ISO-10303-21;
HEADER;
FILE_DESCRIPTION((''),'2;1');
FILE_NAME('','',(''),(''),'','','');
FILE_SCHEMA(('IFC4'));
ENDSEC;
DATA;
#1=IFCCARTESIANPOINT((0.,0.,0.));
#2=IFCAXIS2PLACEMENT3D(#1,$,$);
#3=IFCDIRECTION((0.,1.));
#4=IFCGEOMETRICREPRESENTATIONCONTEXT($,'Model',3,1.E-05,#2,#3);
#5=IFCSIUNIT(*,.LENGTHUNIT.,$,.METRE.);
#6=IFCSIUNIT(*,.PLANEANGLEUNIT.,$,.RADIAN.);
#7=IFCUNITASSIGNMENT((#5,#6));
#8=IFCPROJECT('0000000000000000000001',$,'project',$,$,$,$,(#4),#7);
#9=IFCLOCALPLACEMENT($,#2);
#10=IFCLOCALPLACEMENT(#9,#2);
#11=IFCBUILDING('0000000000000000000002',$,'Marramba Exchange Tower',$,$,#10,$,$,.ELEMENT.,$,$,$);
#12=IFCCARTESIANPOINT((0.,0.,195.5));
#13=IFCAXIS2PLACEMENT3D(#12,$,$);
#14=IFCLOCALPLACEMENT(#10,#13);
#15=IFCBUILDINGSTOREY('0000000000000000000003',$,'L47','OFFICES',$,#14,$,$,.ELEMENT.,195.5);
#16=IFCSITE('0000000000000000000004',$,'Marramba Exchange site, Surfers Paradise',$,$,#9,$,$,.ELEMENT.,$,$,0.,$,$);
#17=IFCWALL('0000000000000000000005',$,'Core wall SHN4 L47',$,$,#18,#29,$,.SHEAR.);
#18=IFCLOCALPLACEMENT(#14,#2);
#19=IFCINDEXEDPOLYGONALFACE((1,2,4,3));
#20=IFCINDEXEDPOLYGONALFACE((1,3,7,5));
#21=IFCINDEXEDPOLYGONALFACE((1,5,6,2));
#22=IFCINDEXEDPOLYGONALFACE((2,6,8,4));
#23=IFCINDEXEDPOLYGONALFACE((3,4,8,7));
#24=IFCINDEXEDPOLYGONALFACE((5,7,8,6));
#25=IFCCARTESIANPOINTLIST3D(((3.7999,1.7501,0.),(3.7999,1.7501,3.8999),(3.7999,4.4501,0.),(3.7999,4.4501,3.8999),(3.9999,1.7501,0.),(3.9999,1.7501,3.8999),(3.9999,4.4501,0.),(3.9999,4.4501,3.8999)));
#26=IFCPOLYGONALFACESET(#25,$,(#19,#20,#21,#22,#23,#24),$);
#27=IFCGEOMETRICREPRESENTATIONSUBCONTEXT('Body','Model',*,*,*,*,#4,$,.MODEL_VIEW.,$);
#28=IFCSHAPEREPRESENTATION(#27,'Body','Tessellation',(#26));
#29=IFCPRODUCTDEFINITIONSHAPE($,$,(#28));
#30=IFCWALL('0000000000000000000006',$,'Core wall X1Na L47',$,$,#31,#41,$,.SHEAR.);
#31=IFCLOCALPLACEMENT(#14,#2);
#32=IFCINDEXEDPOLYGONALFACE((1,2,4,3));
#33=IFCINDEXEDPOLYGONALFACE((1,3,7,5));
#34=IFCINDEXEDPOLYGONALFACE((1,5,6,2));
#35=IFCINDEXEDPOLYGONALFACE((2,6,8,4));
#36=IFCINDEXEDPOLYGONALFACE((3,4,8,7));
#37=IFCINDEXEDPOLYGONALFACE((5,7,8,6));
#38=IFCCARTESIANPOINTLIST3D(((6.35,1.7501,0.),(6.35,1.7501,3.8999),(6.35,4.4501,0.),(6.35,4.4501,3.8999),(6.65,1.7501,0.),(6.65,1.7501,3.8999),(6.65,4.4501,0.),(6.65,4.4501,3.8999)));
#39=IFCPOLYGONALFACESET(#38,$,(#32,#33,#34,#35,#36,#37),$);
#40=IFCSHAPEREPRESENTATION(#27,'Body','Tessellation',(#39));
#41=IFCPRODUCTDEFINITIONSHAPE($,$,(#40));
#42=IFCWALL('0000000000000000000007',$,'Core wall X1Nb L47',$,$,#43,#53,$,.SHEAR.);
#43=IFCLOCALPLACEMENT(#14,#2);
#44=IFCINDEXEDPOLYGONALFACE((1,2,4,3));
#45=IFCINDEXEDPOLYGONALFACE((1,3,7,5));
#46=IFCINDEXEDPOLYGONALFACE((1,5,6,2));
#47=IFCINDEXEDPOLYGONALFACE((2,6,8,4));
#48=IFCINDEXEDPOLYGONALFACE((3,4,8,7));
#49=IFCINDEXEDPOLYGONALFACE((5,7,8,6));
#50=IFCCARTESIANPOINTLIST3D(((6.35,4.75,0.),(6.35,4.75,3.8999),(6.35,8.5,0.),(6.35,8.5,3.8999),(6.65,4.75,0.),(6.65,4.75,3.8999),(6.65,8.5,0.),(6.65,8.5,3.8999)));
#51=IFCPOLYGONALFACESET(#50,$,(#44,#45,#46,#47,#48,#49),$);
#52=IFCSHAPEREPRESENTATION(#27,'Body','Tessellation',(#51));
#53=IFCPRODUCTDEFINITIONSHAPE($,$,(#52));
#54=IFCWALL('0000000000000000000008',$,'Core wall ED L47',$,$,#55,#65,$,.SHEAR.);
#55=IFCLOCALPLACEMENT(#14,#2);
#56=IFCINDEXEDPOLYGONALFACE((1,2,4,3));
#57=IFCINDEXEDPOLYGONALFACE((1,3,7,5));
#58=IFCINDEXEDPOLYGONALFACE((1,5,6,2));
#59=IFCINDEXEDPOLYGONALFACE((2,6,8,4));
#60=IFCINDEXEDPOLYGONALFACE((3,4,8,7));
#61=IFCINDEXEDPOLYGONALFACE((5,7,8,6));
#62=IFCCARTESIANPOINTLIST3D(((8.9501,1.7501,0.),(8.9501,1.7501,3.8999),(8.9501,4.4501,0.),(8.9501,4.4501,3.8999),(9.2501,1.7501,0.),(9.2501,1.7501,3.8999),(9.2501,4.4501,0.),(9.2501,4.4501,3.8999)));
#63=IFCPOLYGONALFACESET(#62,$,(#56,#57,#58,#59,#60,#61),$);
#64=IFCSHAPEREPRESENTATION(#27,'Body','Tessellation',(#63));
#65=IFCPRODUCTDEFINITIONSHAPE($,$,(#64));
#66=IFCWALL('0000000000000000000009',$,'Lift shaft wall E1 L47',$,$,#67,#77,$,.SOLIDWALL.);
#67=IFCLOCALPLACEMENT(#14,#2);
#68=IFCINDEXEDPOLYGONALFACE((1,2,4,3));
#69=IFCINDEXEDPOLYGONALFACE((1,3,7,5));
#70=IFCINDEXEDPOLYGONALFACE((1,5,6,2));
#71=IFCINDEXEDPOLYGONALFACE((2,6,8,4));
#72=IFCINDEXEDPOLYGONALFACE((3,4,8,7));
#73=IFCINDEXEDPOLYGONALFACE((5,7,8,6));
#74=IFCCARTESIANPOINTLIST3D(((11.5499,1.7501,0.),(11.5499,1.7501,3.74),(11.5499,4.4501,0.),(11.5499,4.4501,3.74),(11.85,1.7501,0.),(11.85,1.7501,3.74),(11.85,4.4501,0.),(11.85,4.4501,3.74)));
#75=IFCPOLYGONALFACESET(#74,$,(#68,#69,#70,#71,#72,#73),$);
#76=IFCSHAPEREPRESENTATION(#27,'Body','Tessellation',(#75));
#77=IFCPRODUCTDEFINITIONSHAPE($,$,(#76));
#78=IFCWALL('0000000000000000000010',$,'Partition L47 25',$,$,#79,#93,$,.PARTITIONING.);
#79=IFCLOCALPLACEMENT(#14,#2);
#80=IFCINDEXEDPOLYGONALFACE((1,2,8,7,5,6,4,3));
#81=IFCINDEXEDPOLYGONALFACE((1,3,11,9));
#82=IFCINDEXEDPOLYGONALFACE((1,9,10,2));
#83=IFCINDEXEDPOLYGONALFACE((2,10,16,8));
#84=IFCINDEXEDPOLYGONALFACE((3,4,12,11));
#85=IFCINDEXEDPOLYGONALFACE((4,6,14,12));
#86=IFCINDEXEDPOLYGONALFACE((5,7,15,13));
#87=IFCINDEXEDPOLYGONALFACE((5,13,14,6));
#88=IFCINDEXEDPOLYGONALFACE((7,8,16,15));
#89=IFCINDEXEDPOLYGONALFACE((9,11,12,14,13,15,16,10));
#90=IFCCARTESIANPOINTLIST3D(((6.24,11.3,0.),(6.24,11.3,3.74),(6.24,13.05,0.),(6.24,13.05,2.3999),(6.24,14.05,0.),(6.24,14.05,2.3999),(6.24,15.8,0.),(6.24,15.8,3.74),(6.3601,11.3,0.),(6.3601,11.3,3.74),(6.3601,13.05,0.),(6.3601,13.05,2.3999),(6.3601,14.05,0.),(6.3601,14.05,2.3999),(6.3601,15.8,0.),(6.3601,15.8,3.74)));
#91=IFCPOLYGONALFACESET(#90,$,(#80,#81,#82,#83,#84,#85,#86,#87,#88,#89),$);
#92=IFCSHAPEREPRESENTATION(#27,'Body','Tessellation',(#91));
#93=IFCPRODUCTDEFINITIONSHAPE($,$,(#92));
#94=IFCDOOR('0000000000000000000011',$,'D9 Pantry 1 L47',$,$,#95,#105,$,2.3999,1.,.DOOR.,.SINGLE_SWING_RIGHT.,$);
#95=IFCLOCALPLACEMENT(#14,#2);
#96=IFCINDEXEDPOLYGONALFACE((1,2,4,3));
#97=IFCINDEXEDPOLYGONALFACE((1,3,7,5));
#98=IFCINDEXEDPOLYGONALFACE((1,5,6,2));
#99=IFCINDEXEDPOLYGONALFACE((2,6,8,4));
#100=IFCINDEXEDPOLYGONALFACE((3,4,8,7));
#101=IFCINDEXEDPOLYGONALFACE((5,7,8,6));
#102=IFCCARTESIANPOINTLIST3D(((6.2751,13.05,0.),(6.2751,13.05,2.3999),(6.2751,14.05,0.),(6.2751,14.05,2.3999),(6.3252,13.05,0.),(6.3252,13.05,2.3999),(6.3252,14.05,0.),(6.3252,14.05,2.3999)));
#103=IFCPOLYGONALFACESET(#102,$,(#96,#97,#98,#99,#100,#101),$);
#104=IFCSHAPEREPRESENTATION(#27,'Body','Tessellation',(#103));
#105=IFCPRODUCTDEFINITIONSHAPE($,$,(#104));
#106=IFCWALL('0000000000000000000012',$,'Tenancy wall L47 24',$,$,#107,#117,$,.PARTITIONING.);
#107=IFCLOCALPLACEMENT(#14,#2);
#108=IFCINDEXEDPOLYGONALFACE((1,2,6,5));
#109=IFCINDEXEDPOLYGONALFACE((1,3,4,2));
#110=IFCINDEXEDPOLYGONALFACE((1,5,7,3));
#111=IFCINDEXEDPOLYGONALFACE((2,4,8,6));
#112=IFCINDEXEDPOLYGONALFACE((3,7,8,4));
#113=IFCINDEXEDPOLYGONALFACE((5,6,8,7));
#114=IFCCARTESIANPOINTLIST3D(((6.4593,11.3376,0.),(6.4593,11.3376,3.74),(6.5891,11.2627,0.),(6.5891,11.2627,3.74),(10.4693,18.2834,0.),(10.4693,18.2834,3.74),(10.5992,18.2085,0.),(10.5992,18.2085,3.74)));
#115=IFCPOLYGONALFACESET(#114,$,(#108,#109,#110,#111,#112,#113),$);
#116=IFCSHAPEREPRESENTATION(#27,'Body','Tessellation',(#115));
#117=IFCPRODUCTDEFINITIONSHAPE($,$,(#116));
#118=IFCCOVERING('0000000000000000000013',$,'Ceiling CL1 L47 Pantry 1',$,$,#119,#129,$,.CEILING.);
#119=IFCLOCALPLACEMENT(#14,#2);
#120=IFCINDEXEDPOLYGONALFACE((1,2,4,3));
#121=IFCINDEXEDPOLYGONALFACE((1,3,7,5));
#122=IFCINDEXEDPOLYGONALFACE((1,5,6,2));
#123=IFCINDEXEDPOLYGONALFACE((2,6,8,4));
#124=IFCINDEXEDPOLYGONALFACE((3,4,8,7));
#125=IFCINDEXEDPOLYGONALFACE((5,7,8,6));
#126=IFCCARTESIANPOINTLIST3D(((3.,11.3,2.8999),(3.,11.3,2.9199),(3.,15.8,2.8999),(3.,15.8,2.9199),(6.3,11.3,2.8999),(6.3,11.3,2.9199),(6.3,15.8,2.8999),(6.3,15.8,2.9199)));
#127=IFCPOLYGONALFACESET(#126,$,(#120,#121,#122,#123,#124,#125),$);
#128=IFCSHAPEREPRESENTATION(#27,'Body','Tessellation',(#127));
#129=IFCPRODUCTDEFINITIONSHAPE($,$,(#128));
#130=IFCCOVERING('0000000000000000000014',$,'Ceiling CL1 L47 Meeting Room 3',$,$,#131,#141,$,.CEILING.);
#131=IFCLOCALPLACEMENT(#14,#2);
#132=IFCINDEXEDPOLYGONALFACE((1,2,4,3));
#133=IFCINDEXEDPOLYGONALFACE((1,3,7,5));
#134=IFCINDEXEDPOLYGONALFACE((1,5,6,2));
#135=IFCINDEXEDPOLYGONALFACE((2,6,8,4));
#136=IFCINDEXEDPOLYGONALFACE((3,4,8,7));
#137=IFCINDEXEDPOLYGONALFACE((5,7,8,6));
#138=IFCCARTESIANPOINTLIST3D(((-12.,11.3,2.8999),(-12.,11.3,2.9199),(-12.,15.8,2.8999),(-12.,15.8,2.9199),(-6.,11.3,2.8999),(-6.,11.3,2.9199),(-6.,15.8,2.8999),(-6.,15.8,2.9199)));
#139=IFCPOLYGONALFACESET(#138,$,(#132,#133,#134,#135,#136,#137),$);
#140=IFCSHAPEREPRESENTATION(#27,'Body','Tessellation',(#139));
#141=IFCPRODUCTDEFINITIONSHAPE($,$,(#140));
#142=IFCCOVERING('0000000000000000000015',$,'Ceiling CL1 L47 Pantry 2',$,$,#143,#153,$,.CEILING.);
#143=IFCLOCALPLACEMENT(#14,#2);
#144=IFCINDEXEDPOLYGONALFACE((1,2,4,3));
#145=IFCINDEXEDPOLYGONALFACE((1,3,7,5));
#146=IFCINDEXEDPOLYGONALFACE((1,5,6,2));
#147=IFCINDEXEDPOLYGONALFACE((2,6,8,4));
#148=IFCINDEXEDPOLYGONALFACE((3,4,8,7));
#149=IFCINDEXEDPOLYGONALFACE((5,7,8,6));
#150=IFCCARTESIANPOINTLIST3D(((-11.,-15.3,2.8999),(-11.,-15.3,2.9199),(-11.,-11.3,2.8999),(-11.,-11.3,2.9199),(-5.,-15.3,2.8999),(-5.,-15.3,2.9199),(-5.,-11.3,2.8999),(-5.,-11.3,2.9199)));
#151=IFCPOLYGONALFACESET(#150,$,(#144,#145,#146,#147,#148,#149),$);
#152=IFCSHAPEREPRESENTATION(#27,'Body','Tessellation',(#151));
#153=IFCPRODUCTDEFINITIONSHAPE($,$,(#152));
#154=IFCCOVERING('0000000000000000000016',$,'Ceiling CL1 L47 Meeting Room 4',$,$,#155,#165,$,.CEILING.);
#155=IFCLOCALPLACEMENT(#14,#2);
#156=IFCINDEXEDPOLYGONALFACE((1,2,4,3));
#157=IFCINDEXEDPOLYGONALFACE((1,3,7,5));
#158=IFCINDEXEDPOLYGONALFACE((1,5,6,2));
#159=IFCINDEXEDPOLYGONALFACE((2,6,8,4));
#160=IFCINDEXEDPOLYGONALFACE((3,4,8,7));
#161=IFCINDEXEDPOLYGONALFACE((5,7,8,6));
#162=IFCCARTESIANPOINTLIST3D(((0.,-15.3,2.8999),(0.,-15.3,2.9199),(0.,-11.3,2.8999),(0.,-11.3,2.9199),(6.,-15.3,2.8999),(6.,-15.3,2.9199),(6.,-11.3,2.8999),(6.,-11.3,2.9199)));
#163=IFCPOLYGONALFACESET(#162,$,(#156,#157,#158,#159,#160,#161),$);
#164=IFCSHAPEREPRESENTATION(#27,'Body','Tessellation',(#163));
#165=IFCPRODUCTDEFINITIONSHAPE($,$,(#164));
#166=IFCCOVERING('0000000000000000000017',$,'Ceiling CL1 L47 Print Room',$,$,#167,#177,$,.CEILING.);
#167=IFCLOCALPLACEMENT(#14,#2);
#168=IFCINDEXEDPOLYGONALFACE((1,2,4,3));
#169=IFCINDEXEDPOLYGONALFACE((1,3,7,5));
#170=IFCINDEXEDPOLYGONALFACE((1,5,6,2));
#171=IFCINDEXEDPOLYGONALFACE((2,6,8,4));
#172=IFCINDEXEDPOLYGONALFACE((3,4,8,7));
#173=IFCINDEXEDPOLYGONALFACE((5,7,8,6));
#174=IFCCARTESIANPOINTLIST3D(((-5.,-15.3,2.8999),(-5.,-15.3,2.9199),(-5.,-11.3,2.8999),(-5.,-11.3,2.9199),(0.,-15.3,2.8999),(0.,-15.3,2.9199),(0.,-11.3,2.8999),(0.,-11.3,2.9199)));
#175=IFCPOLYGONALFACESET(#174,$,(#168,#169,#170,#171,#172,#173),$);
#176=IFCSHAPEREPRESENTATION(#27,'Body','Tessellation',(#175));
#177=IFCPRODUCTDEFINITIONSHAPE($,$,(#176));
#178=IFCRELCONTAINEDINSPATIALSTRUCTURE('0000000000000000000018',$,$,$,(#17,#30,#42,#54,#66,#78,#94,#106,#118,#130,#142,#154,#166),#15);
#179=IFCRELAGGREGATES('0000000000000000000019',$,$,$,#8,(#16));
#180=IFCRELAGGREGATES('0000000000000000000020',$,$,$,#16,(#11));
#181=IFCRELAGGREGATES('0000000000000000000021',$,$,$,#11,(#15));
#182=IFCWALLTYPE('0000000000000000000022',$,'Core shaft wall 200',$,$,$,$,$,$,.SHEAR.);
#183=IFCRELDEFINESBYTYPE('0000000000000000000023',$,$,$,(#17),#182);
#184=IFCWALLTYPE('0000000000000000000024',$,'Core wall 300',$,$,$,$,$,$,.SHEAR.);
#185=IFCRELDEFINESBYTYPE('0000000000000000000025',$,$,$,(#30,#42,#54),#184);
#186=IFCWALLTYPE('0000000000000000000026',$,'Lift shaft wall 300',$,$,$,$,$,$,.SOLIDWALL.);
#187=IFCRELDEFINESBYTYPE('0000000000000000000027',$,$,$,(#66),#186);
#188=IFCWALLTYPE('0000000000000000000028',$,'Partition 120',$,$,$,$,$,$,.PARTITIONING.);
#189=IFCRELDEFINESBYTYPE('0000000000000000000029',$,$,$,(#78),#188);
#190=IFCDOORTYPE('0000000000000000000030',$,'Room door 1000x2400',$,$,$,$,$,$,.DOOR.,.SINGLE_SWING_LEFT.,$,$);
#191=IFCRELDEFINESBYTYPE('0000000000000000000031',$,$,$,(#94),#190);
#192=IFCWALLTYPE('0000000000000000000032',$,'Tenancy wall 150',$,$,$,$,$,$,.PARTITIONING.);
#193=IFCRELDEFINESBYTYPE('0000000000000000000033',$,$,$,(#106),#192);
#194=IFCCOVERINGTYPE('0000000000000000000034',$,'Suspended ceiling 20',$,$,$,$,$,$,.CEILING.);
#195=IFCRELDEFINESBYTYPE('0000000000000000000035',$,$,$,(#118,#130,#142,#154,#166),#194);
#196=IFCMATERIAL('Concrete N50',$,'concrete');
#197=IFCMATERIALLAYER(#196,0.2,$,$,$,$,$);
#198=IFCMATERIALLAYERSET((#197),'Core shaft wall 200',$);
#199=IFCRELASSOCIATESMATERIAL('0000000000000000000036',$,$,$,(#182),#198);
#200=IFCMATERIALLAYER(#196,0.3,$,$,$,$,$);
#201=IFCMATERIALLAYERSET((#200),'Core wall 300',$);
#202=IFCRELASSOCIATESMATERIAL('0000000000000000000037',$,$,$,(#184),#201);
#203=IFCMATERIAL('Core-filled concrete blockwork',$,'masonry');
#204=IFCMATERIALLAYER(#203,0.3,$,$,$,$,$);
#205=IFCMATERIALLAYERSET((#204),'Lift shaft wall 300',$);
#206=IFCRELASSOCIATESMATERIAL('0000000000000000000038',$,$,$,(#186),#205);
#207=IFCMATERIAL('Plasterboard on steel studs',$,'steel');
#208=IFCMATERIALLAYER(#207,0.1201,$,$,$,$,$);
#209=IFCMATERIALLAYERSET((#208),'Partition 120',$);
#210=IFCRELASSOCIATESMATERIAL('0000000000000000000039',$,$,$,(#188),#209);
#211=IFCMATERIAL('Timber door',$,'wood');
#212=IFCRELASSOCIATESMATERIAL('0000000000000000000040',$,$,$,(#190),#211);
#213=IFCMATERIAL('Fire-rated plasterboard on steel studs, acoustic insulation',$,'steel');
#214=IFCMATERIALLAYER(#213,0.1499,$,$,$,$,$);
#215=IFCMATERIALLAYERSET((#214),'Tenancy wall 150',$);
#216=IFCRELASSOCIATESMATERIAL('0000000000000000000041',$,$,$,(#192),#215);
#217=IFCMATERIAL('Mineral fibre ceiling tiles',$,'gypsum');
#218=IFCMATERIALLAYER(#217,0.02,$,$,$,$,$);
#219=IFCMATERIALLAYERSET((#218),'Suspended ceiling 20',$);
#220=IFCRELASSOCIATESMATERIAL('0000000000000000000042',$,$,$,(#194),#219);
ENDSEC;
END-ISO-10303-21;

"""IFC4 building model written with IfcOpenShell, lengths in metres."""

from ifc_helpers import new_model, si_unit, direction, frame, frame_2d, origin, place, context, subcontext, project, spatial, polyline, rectangle, outline, extrude, material, layer, layer_set, type_object, element, fill, save


model = new_model("IFC4")

# Units and contexts
model_context = context("Model", 3, precision=1e-05, world=origin(), true_north=direction((0.0, 1.0)))
body_context = subcontext(model_context, "Body", "Model", "MODEL_VIEW")
ifc_project = project(units=[si_unit("LENGTHUNIT", "METRE"), si_unit("PLANEANGLEUNIT", "RADIAN")], contexts=[model_context])

# Site, building, storey
site_placement = place(None, origin())
site = spatial("IfcSite", under=ifc_project, at=site_placement, Name="Marramba Exchange site, Surfers Paradise", CompositionType="ELEMENT", RefElevation=0.0)
building_placement = place(site_placement, origin())
building = spatial("IfcBuilding", under=site, at=building_placement, Name="Marramba Exchange Tower", CompositionType="ELEMENT")
storey_placement = place(building_placement, frame((0.0, 0.0, 195.5)))
storey = spatial("IfcBuildingStorey", under=building, at=storey_placement, Name="L47", Description="OFFICES", CompositionType="ELEMENT", Elevation=195.5)

# Shared definitions
ifc_material_1 = material(Name="Timber door", Category="wood")

# Walls
ifc_material_2 = material(Name="Concrete N50", Category="concrete")
ifc_layer_1 = layer(ifc_material_2, 0.2)
ifc_layer_set_1 = layer_set([ifc_layer_1], Name="Core shaft wall 200")
wall_type_1 = type_object("IfcWallType", Name="Core shaft wall 200", PredefinedType="SHEAR", material=ifc_layer_set_1)
for number, where, z_axis, x_axis, name in (
    (1, (3.8999, 1.75, 0.0), (0.0, 0.0, 1.0), (0.0, 1.0, 0.0), "Core wall SHN4 L47"),
):
    element("IfcWall", number, at=place(storey_placement, frame(where, z_axis=z_axis, x_axis=x_axis)), inside=storey, type_object=wall_type_1, Name=name, PredefinedType="SHEAR", context=body_context, shape_type="SweptSolid", body=[
        extrude(rectangle(XDim=2.7, YDim=0.2, at=frame_2d((1.3501, 0.0))), origin(), (0.0, 0.0, 1.0), 3.8999),
    ])
ifc_layer_2 = layer(ifc_material_2, 0.3)
ifc_layer_set_2 = layer_set([ifc_layer_2], Name="Core wall 300")
wall_type_2 = type_object("IfcWallType", Name="Core wall 300", PredefinedType="SHEAR", material=ifc_layer_set_2)
wall_1_placement = place(storey_placement, frame((6.5, 1.75, 0.0), z_axis=(0.0, 0.0, 1.0), x_axis=(0.0, 1.0, 0.0)))
element("IfcWall", 2, at=wall_1_placement, inside=storey, type_object=wall_type_2, Name="Core wall X1Na L47", PredefinedType="SHEAR", context=body_context, shape_type="SweptSolid", body=[
    extrude(rectangle(XDim=2.7, YDim=0.3, at=frame_2d((1.3501, 0.0))), origin(), (0.0, 0.0, 1.0), 3.8999),
])
wall_2_placement = place(storey_placement, frame((6.5, 4.75, 0.0), z_axis=(0.0, 0.0, 1.0), x_axis=(0.0, 1.0, 0.0)))
element("IfcWall", 3, at=wall_2_placement, inside=storey, type_object=wall_type_2, Name="Core wall X1Nb L47", PredefinedType="SHEAR", context=body_context, shape_type="SweptSolid", body=[
    extrude(rectangle(XDim=3.75, YDim=0.3, at=frame_2d((1.875, 0.0))), origin(), (0.0, 0.0, 1.0), 3.8999),
])
wall_3_placement = place(storey_placement, frame((9.1001, 1.75, 0.0), z_axis=(0.0, 0.0, 1.0), x_axis=(0.0, 1.0, 0.0)))
element("IfcWall", 4, at=wall_3_placement, inside=storey, type_object=wall_type_2, Name="Core wall ED L47", PredefinedType="SHEAR", context=body_context, shape_type="SweptSolid", body=[
    extrude(rectangle(XDim=2.7, YDim=0.3, at=frame_2d((1.3501, 0.0))), origin(), (0.0, 0.0, 1.0), 3.8999),
])
ifc_material_3 = material(Name="Core-filled concrete blockwork", Category="masonry")
ifc_layer_3 = layer(ifc_material_3, 0.3)
ifc_layer_set_3 = layer_set([ifc_layer_3], Name="Lift shaft wall 300")
wall_type_3 = type_object("IfcWallType", Name="Lift shaft wall 300", PredefinedType="SOLIDWALL", material=ifc_layer_set_3)
wall_4_placement = place(storey_placement, frame((11.7, 1.75, 0.0), z_axis=(0.0, 0.0, 1.0), x_axis=(0.0, 1.0, 0.0)))
element("IfcWall", 5, at=wall_4_placement, inside=storey, type_object=wall_type_3, Name="Lift shaft wall E1 L47", PredefinedType="SOLIDWALL", context=body_context, shape_type="SweptSolid", body=[
    extrude(rectangle(XDim=2.7, YDim=0.3, at=frame_2d((1.3501, 0.0))), origin(), (0.0, 0.0, 1.0), 3.74),
])

# Wall, opening, door
ifc_material_4 = material(Name="Plasterboard on steel studs", Category="steel")
ifc_layer_4 = layer(ifc_material_4, 0.1201)
ifc_layer_set_4 = layer_set([ifc_layer_4], Name="Partition 120")
wall_type_4 = type_object("IfcWallType", Name="Partition 120", PredefinedType="PARTITIONING", material=ifc_layer_set_4)
wall_5_placement = place(storey_placement, frame((6.3, 11.3, 0.0), z_axis=(0.0, 0.0, 1.0), x_axis=(0.0, 1.0, 0.0)))
wall_5 = element("IfcWall", 6, at=wall_5_placement, inside=storey, type_object=wall_type_4, Name="Partition L47 25", PredefinedType="PARTITIONING", context=body_context, shape_type="SweptSolid", body=[
    extrude(rectangle(XDim=4.5, YDim=0.1201, at=frame_2d((2.25, 0.0))), origin(), (0.0, 0.0, 1.0), 3.74),
])
opening_1_placement = place(wall_5_placement, frame((1.75, 0.0, 0.0)))
opening_1 = element("IfcOpeningElement", 7, at=opening_1_placement, cuts=wall_5, PredefinedType="OPENING", context=body_context, shape_type="SweptSolid", body=[
    extrude(rectangle(XDim=1.0, YDim=2.3999, at=frame_2d((0.5, 1.2))), frame((0.0, 0.0701, 0.0), z_axis=(0.0, -1.0, 0.0), x_axis=(1.0, 0.0, 0.0)), (0.0, 0.0, 1.0), 0.1401),
])
door_type_1 = type_object("IfcDoorType", Name="Room door 1000x2400", OperationType="SINGLE_SWING_LEFT", PredefinedType="DOOR", material=ifc_material_1)
door_1_placement = place(opening_1_placement, origin())
door_1 = element("IfcDoor", 8, at=door_1_placement, inside=storey, type_object=door_type_1, Name="D9 Pantry 1 L47", OperationType="SINGLE_SWING_RIGHT", OverallHeight=2.3999, OverallWidth=1.0, PredefinedType="DOOR", context=body_context, shape_type="SweptSolid", body=[
    extrude(rectangle(XDim=1.0, YDim=2.3999, at=frame_2d((0.5, 1.2))), frame((0.0, 0.0249, 0.0), z_axis=(0.0, -1.0, 0.0), x_axis=(1.0, 0.0, 0.0)), (0.0, 0.0, 1.0), 0.05),
])
fill(opening_1, door_1)

# Wall
ifc_material_5 = material(Name="Fire-rated plasterboard on steel studs, acoustic insulation", Category="steel")
ifc_layer_5 = layer(ifc_material_5, 0.1499)
ifc_layer_set_5 = layer_set([ifc_layer_5], Name="Tenancy wall 150")
wall_type_5 = type_object("IfcWallType", Name="Tenancy wall 150", PredefinedType="PARTITIONING", material=ifc_layer_set_5)
wall_6_placement = place(storey_placement, frame((6.5242, 11.3, 0.0), z_axis=(0.0, 0.0, 1.0), x_axis=(0.499986, 0.866034, 0.0)))
element("IfcWall", 9, at=wall_6_placement, inside=storey, type_object=wall_type_5, Name="Tenancy wall L47 24", PredefinedType="PARTITIONING", context=body_context, shape_type="SweptSolid", body=[
    extrude(rectangle(XDim=8.0203, YDim=0.1499, at=frame_2d((4.0103, 0.0))), origin(), (0.0, 0.0, 1.0), 3.74),
])

# Coverings
ifc_material_6 = material(Name="Mineral fibre ceiling tiles", Category="gypsum")
ifc_layer_6 = layer(ifc_material_6, 0.02)
ifc_layer_set_6 = layer_set([ifc_layer_6], Name="Suspended ceiling 20")
covering_type = type_object("IfcCoveringType", Name="Suspended ceiling 20", PredefinedType="CEILING", material=ifc_layer_set_6)
covering_1_placement = place(storey_placement, frame((0.0, 0.0, 2.8999)))
element("IfcCovering", 10, at=covering_1_placement, inside=storey, type_object=covering_type, Name="Ceiling CL1 L47 Pantry 1", PredefinedType="CEILING", context=body_context, shape_type="SweptSolid", body=[
    extrude(outline(polyline([(6.3, 11.3), (3.0, 11.3), (3.0, 15.8), (6.3, 15.8), (6.3, 11.3)])), origin(), (0.0, 0.0, 1.0), 0.02),
])
covering_2_placement = place(storey_placement, frame((0.0, 0.0, 2.8999)))
element("IfcCovering", 11, at=covering_2_placement, inside=storey, type_object=covering_type, Name="Ceiling CL1 L47 Meeting Room 3", PredefinedType="CEILING", context=body_context, shape_type="SweptSolid", body=[
    extrude(outline(polyline([(-6.0, 11.3), (-12.0, 11.3), (-12.0, 15.8), (-6.0, 15.8), (-6.0, 11.3)])), origin(), (0.0, 0.0, 1.0), 0.02),
])
covering_3_placement = place(storey_placement, frame((0.0, 0.0, 2.8999)))
element("IfcCovering", 12, at=covering_3_placement, inside=storey, type_object=covering_type, Name="Ceiling CL1 L47 Pantry 2", PredefinedType="CEILING", context=body_context, shape_type="SweptSolid", body=[
    extrude(outline(polyline([(-5.0, -15.3), (-11.0, -15.3), (-11.0, -11.3), (-5.0, -11.3), (-5.0, -15.3)])), origin(), (0.0, 0.0, 1.0), 0.02),
])
covering_4_placement = place(storey_placement, frame((0.0, 0.0, 2.8999)))
element("IfcCovering", 13, at=covering_4_placement, inside=storey, type_object=covering_type, Name="Ceiling CL1 L47 Meeting Room 4", PredefinedType="CEILING", context=body_context, shape_type="SweptSolid", body=[
    extrude(outline(polyline([(6.0, -15.3), (0.0, -15.3), (0.0, -11.3), (6.0, -11.3), (6.0, -15.3)])), origin(), (0.0, 0.0, 1.0), 0.02),
])
covering_5_placement = place(storey_placement, frame((0.0, 0.0, 2.8999)))
element("IfcCovering", 14, at=covering_5_placement, inside=storey, type_object=covering_type, Name="Ceiling CL1 L47 Print Room", PredefinedType="CEILING", context=body_context, shape_type="SweptSolid", body=[
    extrude(outline(polyline([(0.0, -15.3), (-5.0, -15.3), (-5.0, -11.3), (0.0, -11.3), (0.0, -15.3)])), origin(), (0.0, 0.0, 1.0), 0.02),
])

save(model, "model.ifc")
